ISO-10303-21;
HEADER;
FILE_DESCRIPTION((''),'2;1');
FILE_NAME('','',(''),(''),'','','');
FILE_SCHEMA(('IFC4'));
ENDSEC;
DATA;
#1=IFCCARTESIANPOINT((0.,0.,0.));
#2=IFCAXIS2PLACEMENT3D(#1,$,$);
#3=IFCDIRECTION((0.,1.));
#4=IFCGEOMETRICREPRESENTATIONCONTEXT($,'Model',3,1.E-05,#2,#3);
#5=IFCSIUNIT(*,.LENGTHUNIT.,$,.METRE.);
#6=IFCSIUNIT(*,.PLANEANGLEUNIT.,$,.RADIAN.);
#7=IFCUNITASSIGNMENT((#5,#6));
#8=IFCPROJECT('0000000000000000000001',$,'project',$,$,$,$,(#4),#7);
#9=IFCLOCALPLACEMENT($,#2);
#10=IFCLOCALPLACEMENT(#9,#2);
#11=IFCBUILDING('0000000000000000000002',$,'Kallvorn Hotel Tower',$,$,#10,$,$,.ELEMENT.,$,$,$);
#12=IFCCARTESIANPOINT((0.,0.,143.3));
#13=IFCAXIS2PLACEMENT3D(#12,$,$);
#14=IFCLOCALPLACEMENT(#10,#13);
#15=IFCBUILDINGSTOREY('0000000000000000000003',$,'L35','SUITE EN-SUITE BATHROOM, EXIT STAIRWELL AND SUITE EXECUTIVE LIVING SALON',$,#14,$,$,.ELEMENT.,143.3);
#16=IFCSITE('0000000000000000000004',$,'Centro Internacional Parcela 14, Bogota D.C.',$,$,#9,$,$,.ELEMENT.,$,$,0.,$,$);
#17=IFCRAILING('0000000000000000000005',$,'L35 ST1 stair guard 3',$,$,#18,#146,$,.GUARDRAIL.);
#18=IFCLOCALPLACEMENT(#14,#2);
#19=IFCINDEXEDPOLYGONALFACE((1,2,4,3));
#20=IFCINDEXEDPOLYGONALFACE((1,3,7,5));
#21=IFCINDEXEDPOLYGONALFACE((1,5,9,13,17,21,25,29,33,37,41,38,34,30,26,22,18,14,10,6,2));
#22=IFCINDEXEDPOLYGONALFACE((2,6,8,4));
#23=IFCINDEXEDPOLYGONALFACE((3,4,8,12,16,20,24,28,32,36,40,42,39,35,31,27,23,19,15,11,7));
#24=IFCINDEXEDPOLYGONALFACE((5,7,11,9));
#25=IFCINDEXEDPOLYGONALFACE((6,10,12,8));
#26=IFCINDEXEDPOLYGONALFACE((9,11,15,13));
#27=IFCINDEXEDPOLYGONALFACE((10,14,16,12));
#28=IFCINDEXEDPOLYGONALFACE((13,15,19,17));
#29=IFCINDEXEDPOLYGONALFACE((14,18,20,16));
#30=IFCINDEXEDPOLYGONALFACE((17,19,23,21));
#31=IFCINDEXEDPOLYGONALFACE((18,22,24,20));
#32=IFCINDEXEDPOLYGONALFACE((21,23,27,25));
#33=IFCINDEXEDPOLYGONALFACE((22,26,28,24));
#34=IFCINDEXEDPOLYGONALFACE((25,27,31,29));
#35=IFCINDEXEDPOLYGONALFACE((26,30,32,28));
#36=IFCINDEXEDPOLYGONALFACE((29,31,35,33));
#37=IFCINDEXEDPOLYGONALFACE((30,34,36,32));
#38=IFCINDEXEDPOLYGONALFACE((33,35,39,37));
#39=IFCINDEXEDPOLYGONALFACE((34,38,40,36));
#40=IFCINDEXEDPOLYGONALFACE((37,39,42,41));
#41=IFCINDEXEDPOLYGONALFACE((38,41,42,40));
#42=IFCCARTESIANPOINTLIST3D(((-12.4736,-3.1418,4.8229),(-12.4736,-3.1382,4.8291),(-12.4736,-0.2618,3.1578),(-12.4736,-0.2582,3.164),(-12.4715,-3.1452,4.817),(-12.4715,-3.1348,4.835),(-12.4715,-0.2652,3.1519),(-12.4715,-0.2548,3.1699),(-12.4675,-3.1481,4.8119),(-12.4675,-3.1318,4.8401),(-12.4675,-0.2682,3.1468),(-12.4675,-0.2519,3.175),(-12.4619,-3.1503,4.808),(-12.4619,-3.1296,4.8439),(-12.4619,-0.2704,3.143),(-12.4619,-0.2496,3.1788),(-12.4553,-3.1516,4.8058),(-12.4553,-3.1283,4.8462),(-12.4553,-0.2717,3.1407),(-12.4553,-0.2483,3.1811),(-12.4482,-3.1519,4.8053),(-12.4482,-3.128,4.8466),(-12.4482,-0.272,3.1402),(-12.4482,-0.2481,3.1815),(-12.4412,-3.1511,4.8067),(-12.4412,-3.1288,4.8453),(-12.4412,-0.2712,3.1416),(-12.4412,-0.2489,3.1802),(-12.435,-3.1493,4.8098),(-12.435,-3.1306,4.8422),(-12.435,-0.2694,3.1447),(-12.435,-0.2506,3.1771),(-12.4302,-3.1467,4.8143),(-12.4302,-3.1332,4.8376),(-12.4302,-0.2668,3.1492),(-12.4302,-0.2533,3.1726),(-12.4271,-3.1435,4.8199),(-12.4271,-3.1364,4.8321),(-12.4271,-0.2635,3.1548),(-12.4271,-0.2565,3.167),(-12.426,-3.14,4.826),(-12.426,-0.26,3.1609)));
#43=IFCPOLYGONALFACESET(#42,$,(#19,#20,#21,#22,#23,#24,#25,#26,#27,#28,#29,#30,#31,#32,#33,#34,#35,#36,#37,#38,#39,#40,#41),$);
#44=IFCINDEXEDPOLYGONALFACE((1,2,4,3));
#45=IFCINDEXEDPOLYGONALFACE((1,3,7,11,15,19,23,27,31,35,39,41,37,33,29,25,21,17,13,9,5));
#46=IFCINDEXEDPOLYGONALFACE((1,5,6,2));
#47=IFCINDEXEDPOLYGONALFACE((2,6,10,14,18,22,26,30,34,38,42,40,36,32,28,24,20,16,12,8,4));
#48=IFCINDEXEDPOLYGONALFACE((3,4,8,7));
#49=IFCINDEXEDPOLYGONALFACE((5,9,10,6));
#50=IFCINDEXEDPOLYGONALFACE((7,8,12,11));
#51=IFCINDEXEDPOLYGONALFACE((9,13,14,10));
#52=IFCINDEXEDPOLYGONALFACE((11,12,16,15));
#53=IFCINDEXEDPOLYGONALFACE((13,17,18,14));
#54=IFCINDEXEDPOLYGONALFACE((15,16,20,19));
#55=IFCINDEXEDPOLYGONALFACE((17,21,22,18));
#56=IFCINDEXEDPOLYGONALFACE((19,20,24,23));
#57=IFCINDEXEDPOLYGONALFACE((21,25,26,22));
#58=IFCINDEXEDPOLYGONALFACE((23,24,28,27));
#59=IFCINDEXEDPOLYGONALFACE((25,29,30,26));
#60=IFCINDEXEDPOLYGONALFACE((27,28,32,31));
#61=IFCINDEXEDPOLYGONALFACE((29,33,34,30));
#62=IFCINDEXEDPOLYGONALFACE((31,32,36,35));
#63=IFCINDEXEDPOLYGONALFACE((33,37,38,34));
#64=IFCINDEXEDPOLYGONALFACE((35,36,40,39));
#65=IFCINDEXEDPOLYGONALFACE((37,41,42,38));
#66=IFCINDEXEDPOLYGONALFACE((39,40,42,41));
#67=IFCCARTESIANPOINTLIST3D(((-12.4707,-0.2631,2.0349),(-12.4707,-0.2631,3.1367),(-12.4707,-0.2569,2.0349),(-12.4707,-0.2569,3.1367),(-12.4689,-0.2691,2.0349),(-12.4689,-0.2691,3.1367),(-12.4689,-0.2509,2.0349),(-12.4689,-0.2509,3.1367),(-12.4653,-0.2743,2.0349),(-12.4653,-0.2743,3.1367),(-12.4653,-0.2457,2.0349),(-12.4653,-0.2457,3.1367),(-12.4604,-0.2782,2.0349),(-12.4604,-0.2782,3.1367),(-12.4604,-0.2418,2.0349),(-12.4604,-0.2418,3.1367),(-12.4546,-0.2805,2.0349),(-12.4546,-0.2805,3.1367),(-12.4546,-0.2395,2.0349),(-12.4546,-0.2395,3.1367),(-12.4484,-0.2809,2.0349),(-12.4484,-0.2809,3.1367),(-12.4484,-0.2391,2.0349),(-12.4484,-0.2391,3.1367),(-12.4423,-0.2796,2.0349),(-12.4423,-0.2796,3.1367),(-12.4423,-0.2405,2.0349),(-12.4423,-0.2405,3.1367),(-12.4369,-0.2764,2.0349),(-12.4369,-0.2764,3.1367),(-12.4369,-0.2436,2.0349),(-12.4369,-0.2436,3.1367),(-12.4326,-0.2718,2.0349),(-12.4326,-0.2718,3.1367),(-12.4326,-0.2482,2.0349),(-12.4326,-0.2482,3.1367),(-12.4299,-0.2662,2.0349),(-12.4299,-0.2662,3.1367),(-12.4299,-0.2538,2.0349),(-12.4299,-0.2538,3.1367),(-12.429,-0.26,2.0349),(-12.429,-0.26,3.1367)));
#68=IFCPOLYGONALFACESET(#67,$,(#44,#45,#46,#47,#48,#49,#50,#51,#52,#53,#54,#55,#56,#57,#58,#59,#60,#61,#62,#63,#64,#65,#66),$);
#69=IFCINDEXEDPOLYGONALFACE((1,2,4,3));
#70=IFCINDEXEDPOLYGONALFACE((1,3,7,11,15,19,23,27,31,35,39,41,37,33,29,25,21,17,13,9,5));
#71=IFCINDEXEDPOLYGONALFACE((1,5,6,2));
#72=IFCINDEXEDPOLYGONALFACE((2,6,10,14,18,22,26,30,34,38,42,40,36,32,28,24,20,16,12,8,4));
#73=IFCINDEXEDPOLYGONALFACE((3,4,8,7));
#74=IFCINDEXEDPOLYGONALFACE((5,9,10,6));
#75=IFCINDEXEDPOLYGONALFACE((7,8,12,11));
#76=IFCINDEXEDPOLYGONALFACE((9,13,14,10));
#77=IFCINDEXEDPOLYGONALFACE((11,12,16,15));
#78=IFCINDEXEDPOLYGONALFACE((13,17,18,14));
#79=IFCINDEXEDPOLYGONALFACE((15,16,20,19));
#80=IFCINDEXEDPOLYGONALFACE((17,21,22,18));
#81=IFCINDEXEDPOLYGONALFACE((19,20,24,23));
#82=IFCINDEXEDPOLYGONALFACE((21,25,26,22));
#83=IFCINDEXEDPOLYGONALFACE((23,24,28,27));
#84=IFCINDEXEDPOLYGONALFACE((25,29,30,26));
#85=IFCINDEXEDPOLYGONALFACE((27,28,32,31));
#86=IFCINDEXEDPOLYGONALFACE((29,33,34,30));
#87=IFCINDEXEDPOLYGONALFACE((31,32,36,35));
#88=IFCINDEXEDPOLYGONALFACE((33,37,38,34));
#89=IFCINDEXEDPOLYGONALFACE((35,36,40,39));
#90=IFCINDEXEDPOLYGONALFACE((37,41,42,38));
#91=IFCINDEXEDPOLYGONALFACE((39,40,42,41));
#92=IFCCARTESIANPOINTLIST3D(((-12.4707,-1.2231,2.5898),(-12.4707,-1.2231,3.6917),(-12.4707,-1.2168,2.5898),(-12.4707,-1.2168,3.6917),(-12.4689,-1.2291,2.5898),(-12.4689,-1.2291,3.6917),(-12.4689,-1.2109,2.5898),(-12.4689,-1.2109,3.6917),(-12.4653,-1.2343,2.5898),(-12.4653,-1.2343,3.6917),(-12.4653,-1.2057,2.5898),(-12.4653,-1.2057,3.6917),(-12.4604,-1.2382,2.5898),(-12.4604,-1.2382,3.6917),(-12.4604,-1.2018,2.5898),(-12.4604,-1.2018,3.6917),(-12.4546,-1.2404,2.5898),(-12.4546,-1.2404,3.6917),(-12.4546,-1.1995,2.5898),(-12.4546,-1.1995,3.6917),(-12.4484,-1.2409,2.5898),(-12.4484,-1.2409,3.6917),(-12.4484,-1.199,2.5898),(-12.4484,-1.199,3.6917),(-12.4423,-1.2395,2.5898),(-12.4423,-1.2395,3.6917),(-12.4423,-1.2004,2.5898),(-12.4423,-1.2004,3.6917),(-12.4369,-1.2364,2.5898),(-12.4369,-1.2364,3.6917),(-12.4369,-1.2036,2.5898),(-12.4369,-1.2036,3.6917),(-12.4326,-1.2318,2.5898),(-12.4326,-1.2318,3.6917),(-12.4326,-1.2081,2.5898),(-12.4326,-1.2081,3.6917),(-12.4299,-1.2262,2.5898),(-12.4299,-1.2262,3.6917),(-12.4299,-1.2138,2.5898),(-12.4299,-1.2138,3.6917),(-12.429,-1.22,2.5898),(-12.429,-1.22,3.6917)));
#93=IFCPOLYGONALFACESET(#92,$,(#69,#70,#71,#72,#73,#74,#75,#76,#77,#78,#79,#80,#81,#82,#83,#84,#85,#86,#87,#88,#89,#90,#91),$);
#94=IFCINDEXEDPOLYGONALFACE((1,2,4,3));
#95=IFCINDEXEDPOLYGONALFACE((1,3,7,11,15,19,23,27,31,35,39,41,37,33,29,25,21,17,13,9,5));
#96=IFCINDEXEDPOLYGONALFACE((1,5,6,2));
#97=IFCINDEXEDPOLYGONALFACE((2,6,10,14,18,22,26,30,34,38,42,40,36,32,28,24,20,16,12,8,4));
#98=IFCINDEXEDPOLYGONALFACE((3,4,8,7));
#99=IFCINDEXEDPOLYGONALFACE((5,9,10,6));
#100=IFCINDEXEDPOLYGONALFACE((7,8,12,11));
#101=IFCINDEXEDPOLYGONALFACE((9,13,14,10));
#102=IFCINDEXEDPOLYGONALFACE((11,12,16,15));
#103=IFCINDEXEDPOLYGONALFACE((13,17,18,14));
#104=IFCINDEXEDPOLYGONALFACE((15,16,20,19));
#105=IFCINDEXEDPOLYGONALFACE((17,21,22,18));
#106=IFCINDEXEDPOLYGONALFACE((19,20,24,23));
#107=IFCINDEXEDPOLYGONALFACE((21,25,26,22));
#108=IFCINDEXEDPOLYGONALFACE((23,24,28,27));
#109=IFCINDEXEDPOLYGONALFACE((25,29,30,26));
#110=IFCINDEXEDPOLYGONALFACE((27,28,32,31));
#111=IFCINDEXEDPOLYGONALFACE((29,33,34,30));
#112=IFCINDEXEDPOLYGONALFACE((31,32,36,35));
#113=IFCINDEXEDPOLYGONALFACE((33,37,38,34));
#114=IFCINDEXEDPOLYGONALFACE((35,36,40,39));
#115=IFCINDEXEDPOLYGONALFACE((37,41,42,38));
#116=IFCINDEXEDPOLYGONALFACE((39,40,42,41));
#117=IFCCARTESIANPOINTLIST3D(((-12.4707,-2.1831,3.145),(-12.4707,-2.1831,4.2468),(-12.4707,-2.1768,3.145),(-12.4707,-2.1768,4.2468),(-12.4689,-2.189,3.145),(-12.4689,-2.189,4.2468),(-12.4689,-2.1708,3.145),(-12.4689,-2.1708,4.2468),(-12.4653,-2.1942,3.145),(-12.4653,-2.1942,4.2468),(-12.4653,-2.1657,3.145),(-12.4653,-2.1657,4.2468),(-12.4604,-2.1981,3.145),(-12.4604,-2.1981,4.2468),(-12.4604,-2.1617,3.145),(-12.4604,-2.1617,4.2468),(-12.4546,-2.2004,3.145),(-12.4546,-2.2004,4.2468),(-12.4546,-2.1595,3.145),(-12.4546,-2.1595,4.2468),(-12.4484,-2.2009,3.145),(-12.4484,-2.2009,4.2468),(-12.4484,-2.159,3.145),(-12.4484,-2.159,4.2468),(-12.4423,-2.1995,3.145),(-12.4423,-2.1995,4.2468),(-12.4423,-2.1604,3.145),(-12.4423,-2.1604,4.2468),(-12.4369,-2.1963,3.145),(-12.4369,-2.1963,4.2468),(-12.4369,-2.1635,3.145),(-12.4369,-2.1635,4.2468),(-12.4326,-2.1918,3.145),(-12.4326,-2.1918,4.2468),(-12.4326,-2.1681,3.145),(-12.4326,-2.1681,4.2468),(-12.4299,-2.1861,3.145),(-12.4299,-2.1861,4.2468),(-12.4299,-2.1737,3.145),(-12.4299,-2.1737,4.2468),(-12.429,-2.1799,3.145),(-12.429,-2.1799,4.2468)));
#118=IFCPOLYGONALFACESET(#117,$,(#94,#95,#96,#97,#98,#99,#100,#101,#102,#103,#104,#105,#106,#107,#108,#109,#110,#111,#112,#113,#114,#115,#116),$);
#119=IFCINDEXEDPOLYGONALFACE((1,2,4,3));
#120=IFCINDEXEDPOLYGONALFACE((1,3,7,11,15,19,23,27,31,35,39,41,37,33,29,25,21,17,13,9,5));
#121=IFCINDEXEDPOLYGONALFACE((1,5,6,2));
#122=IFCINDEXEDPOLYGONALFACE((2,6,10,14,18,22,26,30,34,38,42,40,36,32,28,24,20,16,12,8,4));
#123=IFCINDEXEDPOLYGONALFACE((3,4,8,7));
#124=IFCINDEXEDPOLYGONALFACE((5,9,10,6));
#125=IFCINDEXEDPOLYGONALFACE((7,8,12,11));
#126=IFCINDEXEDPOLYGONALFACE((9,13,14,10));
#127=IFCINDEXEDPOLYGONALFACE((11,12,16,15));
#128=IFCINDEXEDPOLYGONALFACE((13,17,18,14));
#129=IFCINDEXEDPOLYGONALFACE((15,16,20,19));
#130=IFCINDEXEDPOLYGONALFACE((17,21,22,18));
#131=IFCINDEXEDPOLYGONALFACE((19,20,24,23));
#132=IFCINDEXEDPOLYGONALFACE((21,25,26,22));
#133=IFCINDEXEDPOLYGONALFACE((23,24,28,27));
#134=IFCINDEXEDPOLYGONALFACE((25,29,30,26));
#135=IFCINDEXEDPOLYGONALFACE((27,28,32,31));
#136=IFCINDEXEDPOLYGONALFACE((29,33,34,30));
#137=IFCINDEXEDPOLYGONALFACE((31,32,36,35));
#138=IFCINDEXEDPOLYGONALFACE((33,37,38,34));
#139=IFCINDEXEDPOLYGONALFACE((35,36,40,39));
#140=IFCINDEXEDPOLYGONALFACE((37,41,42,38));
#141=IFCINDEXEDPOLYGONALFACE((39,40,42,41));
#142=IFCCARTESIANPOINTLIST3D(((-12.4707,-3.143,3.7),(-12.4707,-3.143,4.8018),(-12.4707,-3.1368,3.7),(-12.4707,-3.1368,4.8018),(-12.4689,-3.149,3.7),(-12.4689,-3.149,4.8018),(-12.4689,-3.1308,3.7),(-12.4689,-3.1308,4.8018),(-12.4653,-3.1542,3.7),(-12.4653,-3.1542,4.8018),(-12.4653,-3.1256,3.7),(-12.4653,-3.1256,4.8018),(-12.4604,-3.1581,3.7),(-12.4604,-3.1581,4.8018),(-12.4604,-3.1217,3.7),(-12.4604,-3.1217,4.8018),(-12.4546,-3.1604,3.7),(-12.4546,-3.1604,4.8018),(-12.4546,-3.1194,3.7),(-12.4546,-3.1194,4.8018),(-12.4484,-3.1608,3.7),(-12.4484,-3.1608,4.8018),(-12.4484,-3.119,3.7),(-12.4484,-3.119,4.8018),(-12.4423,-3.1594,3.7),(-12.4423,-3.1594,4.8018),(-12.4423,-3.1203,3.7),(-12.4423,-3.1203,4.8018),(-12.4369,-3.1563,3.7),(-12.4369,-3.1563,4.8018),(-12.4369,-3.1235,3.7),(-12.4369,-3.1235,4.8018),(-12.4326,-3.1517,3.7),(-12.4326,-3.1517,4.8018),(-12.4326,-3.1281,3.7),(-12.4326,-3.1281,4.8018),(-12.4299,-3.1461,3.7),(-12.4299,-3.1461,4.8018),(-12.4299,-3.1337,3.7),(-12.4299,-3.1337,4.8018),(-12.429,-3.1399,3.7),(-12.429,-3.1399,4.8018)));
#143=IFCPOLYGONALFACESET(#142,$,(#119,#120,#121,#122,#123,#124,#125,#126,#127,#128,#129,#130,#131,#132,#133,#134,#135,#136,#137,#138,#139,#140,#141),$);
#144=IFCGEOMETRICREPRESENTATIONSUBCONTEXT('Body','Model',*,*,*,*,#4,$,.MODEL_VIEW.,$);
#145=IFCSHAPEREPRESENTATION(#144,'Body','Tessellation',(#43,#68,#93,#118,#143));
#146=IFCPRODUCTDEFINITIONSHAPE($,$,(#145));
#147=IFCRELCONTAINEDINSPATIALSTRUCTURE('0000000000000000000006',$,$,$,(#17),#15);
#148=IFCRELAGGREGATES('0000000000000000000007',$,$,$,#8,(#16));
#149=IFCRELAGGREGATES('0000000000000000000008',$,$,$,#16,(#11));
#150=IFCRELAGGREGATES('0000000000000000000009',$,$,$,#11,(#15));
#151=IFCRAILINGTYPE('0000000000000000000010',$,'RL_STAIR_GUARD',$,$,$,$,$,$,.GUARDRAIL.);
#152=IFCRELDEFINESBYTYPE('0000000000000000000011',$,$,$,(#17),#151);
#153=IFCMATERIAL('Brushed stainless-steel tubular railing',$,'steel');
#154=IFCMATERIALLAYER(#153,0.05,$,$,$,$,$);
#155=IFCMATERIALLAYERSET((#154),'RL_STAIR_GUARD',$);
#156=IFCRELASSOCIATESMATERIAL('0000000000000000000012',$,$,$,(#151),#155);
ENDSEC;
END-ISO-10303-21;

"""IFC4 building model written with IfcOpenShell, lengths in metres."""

from ifc_helpers import new_model, si_unit, direction, frame, origin, origin_2d, place, context, subcontext, project, spatial, circle, extrude, material, layer, layer_set, type_object, element, save


model = new_model("IFC4")

# Units and contexts
model_context = context("Model", 3, precision=1e-05, world=origin(), true_north=direction((0.0, 1.0)))
body_context = subcontext(model_context, "Body", "Model", "MODEL_VIEW")
ifc_project = project(units=[si_unit("LENGTHUNIT", "METRE"), si_unit("PLANEANGLEUNIT", "RADIAN")], contexts=[model_context])

# Site, building, storey
site_placement = place(None, origin())
site = spatial("IfcSite", under=ifc_project, at=site_placement, Name="Centro Internacional Parcela 14, Bogota D.C.", CompositionType="ELEMENT", RefElevation=0.0)
building_placement = place(site_placement, origin())
building = spatial("IfcBuilding", under=site, at=building_placement, Name="Kallvorn Hotel Tower", CompositionType="ELEMENT")
storey_placement = place(building_placement, frame((0.0, 0.0, 143.3)))
storey = spatial("IfcBuildingStorey", under=building, at=storey_placement, Name="L35", Description="SUITE EN-SUITE BATHROOM, EXIT STAIRWELL AND SUITE EXECUTIVE LIVING SALON", CompositionType="ELEMENT", Elevation=143.3)

# Railing
ifc_material_1 = material(Name="Brushed stainless-steel tubular railing", Category="steel")
ifc_layer_1 = layer(ifc_material_1, 0.05)
ifc_layer_set_1 = layer_set([ifc_layer_1], Name="RL_STAIR_GUARD")
railing_type_1 = type_object("IfcRailingType", Name="RL_STAIR_GUARD", PredefinedType="GUARDRAIL", material=ifc_layer_set_1)
railing_1_placement = place(storey_placement, frame((-12.45, -0.26, 2.0349)))
element("IfcRailing", 1, at=railing_1_placement, inside=storey, type_object=railing_type_1, Name="L35 ST1 stair guard 3", PredefinedType="GUARDRAIL", context=body_context, shape_type="SweptSolid", body=[
    extrude(circle(Radius=0.0239, at=origin_2d()), frame((0.0, 0.0, 1.126), z_axis=(0.0, -0.865721, 0.500527), x_axis=(1.0, 0.0, 0.0)), (0.0, 0.0, 1.0), 3.3267),
    extrude(circle(Radius=0.021, at=origin_2d()), origin(), (0.0, 0.0, 1.0), 1.1018),
    extrude(circle(Radius=0.021, at=origin_2d()), frame((0.0, -0.96, 0.5549)), (0.0, 0.0, 1.0), 1.1018),
    extrude(circle(Radius=0.021, at=origin_2d()), frame((0.0, -1.9199, 1.1101)), (0.0, 0.0, 1.0), 1.1018),
    extrude(circle(Radius=0.021, at=origin_2d()), frame((0.0, -2.8799, 1.665)), (0.0, 0.0, 1.0), 1.1018),
])

save(model, "model.ifc")
